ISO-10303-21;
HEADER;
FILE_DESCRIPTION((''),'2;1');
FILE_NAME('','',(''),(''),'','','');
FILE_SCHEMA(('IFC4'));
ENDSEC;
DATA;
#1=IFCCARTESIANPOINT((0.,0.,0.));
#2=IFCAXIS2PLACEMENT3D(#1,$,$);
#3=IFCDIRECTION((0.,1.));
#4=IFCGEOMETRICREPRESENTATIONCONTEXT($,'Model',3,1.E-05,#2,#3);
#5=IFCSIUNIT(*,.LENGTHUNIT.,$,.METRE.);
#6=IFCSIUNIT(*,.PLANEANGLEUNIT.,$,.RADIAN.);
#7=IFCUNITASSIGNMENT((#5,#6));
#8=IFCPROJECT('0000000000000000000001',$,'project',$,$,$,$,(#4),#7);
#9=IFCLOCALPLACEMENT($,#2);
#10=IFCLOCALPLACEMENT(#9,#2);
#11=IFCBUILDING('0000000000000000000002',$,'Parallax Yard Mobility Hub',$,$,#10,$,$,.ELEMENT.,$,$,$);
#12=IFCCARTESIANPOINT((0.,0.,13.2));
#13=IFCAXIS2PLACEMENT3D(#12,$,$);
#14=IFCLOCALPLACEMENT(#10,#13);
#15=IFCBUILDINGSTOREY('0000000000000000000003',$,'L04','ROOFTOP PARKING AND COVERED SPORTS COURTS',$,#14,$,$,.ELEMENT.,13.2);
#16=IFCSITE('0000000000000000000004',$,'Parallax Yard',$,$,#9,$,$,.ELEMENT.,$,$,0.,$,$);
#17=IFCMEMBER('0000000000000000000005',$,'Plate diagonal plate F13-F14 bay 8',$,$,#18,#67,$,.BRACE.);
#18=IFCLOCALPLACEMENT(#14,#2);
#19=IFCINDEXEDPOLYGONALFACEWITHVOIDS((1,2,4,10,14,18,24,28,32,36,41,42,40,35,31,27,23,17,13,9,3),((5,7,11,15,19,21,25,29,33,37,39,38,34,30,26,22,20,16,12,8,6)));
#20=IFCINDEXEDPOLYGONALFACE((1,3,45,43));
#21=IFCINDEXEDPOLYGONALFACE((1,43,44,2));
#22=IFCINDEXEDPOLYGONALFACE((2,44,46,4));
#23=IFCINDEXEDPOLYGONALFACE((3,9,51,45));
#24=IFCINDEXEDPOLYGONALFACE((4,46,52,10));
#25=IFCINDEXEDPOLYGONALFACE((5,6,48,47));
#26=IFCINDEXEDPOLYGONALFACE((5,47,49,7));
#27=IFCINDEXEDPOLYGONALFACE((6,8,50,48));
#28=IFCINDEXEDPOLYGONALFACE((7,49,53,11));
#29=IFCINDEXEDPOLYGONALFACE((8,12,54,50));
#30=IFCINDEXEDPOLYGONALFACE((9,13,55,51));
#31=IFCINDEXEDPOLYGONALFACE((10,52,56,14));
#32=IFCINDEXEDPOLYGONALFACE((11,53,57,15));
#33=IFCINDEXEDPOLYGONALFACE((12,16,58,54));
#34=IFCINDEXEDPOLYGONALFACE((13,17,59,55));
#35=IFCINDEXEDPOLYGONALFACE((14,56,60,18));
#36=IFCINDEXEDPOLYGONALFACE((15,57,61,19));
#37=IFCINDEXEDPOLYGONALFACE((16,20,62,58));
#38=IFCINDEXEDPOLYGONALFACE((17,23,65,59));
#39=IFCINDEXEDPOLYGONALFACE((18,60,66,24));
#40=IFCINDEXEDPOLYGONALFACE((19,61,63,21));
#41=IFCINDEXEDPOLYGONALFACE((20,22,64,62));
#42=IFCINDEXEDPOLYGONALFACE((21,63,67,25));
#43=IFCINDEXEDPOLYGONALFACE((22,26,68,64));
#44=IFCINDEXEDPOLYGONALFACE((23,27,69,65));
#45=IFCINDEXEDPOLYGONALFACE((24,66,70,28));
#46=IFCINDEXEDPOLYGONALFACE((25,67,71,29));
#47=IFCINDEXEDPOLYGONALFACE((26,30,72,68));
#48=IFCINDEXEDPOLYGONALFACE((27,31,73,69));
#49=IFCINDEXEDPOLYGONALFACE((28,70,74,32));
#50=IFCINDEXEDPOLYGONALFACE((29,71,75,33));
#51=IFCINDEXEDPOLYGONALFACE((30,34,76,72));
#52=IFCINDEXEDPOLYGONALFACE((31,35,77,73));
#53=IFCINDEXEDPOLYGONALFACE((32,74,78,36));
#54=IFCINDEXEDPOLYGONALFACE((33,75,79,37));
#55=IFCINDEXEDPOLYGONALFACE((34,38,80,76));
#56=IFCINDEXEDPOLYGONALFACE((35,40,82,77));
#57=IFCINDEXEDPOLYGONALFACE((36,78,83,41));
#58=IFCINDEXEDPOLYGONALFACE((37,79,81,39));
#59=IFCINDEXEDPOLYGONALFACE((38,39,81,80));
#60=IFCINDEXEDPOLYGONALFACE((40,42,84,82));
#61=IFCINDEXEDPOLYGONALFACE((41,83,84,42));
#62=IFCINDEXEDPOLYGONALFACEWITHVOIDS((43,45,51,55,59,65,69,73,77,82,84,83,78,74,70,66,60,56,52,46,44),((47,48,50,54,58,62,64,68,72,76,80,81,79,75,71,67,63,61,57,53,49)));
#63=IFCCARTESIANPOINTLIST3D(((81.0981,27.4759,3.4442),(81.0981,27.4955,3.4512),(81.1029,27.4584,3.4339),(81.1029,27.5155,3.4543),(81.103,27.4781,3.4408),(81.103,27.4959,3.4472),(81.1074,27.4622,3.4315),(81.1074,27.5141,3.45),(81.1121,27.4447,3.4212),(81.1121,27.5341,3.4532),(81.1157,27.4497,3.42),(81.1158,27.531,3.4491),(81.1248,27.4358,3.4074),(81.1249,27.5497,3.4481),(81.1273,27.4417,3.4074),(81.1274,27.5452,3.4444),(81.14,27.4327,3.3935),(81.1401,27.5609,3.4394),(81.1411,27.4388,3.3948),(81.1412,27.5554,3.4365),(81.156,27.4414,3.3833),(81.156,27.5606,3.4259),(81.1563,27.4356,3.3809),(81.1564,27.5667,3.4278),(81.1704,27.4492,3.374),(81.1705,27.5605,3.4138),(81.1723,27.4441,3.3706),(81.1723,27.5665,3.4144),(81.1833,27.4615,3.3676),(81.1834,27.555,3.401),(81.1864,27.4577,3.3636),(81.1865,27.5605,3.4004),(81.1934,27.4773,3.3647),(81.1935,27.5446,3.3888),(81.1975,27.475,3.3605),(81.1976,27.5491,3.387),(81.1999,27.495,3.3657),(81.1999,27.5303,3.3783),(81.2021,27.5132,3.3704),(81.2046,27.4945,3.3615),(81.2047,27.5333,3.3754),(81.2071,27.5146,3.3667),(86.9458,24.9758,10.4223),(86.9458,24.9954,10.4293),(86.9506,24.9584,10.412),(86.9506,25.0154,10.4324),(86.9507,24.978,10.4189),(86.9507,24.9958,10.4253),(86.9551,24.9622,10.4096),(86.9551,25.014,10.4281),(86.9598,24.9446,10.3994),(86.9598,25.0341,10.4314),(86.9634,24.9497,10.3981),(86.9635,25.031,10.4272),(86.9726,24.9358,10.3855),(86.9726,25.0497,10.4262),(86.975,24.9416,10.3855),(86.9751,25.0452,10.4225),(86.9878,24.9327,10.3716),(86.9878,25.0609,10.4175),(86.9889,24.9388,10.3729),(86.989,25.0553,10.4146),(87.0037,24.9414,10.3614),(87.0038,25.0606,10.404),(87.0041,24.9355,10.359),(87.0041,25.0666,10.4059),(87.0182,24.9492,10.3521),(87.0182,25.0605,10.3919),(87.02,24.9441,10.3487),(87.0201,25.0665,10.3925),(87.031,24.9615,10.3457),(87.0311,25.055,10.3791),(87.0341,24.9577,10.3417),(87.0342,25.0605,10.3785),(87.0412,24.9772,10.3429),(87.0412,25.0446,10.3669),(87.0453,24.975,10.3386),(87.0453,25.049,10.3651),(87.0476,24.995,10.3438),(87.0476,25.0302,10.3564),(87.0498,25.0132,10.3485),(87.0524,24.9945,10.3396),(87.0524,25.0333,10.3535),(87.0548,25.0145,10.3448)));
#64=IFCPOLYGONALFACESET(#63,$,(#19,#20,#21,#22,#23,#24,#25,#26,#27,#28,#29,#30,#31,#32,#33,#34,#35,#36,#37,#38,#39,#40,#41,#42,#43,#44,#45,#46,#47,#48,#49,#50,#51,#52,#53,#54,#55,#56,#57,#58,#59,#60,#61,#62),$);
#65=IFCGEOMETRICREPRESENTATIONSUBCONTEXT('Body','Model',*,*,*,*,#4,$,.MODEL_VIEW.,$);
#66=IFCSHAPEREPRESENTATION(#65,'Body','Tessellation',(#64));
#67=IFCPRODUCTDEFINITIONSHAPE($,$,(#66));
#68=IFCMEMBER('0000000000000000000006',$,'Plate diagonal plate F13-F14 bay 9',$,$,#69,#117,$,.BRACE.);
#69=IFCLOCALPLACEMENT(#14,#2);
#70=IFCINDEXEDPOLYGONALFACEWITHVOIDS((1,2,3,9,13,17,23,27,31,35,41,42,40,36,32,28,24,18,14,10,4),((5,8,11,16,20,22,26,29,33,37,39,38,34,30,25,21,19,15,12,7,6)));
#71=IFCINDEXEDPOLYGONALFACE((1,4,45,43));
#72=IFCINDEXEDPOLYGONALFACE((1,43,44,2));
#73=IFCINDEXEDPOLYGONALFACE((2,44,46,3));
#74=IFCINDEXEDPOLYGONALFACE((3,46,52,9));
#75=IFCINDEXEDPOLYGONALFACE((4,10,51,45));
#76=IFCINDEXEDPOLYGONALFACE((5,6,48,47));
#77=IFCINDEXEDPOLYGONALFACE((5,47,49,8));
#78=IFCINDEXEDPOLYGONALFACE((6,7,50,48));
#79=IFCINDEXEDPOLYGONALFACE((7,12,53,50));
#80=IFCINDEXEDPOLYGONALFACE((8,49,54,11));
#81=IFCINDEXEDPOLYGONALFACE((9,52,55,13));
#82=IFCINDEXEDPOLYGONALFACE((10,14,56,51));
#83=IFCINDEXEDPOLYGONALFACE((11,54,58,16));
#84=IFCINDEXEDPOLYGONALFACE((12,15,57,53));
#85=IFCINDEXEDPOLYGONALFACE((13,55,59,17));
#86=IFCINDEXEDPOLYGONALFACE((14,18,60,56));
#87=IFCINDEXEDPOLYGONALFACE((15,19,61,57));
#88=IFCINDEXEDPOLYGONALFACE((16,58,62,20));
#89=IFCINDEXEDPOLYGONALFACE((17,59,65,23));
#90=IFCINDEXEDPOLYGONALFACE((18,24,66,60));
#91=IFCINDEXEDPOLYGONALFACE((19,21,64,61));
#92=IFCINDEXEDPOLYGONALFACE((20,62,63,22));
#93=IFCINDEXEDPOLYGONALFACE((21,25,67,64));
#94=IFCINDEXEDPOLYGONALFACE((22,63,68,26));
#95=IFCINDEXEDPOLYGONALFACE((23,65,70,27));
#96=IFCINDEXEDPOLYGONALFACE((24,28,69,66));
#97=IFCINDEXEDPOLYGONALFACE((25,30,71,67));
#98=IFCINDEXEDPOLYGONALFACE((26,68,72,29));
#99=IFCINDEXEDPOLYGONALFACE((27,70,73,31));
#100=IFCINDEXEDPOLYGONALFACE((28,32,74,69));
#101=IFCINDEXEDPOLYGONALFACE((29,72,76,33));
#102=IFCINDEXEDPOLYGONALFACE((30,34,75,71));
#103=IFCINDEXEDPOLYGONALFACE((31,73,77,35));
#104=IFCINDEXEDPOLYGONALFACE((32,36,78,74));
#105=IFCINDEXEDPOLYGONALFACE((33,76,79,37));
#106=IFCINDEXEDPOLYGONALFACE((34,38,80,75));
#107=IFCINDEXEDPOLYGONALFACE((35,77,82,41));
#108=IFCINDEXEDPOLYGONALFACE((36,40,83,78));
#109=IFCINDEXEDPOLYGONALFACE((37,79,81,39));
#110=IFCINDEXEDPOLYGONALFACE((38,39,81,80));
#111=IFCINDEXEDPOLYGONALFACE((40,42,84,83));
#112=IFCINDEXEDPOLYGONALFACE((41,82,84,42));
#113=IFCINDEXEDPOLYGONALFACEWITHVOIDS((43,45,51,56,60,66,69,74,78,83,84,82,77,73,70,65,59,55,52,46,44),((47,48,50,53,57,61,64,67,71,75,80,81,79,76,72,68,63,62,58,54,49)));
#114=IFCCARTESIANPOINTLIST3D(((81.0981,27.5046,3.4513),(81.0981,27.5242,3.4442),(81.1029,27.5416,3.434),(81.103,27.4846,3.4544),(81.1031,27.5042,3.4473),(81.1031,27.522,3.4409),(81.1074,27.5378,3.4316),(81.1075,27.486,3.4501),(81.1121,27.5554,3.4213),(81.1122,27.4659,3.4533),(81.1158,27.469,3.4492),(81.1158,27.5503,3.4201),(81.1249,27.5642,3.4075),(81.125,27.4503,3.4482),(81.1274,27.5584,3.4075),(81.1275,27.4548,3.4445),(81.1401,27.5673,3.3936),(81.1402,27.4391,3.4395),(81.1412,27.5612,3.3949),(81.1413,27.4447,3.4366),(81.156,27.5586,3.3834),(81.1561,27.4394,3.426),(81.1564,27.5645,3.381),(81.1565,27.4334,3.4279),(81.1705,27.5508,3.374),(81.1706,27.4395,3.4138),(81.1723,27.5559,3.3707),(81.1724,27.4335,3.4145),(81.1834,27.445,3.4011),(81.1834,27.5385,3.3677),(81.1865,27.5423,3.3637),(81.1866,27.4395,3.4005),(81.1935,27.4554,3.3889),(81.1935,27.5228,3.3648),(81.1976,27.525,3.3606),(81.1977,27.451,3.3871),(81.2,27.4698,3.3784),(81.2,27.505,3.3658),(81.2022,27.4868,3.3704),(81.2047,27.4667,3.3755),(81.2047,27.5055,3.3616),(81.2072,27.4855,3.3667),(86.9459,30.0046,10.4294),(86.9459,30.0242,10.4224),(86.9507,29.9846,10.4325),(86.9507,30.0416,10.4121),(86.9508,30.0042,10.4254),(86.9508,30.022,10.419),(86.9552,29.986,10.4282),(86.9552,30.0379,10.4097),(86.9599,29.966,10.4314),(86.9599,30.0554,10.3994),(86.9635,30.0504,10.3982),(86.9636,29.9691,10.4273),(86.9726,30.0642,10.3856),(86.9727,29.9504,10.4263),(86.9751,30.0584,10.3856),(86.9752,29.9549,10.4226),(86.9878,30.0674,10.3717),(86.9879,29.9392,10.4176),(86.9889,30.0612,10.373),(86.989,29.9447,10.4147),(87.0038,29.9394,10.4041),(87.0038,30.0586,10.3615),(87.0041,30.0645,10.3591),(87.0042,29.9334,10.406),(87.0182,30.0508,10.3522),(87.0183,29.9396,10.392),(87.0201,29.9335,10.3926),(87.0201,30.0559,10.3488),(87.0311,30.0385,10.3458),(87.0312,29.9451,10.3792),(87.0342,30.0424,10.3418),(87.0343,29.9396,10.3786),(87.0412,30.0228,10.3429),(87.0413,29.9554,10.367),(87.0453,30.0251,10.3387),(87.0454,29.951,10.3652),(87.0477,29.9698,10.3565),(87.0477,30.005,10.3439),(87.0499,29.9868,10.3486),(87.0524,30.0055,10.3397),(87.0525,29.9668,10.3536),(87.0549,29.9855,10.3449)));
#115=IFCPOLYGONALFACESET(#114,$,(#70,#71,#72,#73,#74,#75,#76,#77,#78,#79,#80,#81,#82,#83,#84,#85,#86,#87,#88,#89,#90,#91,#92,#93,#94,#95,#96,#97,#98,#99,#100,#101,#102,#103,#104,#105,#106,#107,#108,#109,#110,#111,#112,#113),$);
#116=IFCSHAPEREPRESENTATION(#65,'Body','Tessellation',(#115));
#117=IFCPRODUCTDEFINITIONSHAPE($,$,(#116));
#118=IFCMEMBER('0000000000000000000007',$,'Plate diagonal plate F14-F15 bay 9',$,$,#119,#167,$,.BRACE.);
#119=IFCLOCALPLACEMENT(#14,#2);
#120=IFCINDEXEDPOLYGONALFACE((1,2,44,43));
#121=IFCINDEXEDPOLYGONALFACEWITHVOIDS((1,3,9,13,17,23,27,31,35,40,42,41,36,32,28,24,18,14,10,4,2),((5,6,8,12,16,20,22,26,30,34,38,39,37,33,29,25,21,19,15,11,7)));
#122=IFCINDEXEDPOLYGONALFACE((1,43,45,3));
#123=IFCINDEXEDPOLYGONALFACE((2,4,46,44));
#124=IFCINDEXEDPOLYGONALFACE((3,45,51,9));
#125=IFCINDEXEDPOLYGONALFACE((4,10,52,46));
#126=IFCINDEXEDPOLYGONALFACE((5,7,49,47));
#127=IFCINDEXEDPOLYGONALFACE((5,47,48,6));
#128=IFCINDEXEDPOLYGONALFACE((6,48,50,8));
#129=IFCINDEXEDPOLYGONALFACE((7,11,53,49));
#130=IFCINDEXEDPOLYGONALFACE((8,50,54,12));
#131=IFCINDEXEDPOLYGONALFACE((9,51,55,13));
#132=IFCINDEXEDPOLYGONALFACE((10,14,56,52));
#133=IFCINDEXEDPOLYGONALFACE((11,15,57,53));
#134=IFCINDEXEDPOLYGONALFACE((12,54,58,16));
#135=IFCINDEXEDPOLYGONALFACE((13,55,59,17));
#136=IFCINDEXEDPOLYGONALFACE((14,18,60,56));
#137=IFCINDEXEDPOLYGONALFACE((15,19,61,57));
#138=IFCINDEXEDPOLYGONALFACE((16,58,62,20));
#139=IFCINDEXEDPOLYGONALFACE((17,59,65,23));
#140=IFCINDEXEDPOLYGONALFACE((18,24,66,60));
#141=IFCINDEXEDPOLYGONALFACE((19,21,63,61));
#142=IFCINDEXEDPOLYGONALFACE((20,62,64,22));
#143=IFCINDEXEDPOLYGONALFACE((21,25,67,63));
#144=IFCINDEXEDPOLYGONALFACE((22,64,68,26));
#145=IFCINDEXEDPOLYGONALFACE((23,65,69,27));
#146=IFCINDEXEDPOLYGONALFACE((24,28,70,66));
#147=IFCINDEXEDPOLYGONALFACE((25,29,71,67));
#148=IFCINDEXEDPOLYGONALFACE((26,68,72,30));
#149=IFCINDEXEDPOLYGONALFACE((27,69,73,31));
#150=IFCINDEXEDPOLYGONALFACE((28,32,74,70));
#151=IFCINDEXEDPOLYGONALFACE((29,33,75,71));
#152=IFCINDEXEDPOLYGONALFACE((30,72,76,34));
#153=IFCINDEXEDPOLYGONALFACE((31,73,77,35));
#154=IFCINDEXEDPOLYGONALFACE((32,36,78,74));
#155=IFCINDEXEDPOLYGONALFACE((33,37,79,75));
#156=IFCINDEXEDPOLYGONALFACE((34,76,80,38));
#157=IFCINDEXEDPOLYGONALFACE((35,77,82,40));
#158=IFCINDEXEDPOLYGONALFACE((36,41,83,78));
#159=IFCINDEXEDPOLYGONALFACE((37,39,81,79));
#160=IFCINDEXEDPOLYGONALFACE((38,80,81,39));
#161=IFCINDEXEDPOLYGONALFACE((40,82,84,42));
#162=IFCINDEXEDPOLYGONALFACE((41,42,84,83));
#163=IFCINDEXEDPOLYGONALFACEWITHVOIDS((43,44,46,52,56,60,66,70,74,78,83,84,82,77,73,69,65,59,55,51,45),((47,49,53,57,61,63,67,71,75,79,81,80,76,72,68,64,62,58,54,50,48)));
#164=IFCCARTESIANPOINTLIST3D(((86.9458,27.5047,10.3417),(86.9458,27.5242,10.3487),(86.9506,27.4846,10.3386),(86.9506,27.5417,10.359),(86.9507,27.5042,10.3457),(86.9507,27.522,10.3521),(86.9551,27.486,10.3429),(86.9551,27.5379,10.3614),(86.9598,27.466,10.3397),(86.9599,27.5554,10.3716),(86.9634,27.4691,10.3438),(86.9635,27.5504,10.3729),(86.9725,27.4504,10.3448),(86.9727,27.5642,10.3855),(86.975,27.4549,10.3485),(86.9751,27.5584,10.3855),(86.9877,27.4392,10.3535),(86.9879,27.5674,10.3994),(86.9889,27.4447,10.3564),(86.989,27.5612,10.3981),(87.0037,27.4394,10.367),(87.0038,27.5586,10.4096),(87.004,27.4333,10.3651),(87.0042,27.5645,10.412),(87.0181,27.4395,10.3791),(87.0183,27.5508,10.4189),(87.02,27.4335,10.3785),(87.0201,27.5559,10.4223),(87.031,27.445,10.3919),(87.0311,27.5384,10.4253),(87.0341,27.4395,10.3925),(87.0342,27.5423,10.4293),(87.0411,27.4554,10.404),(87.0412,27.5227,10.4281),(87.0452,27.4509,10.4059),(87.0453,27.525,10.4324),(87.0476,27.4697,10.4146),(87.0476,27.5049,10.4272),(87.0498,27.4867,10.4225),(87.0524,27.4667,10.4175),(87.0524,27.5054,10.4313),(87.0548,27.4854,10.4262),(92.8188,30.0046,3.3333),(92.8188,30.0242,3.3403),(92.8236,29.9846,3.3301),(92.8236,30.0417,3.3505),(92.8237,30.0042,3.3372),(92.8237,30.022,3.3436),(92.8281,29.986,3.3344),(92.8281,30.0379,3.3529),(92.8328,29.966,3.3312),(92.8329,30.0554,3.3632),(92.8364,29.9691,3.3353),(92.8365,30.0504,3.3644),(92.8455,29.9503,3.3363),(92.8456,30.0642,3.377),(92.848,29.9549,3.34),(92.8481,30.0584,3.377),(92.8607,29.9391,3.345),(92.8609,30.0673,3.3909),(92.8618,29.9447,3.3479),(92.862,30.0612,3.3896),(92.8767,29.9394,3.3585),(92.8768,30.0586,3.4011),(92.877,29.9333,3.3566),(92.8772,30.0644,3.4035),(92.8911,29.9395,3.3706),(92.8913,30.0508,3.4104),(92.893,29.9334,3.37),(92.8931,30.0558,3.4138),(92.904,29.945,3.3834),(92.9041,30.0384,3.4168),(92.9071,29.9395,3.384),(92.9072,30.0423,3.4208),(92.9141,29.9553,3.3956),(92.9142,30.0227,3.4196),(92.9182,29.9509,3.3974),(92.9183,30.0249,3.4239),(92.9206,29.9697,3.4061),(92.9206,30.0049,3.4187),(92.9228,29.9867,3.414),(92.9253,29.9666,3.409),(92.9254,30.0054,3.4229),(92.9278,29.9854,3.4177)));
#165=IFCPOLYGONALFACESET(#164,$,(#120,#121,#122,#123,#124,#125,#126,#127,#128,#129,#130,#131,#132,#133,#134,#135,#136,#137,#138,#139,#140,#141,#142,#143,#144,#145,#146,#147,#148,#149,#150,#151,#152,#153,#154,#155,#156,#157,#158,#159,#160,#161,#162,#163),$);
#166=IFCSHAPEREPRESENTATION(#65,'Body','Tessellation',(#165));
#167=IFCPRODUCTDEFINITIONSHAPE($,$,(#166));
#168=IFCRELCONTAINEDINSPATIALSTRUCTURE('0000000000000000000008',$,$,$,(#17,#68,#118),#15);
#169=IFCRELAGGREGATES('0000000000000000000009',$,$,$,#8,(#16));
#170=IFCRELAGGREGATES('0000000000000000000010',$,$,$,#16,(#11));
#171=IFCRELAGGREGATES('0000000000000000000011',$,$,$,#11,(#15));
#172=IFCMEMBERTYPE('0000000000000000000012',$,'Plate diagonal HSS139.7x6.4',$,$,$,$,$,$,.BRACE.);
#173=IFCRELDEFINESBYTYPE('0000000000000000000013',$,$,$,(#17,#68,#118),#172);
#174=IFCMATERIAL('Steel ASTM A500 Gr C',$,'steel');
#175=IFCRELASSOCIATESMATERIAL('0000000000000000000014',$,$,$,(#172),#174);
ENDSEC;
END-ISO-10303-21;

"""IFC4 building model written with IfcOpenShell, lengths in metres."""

from ifc_helpers import new_model, si_unit, direction, frame, origin, origin_2d, place, context, subcontext, project, spatial, hollow_circle, extrude, material, material_profile, profile_set, type_object, element, save


model = new_model("IFC4")

# Units and contexts
model_context = context("Model", 3, precision=1e-05, world=origin(), true_north=direction((0.0, 1.0)))
body_context = subcontext(model_context, "Body", "Model", "MODEL_VIEW")
ifc_project = project(units=[si_unit("LENGTHUNIT", "METRE"), si_unit("PLANEANGLEUNIT", "RADIAN")], contexts=[model_context])

# Site, building, storey
site_placement = place(None, origin())
site = spatial("IfcSite", under=ifc_project, at=site_placement, Name="Parallax Yard", CompositionType="ELEMENT", RefElevation=0.0)
building_placement = place(site_placement, origin())
building = spatial("IfcBuilding", under=site, at=building_placement, Name="Parallax Yard Mobility Hub", CompositionType="ELEMENT")
storey_placement = place(building_placement, frame((0.0, 0.0, 13.2)))
storey = spatial("IfcBuildingStorey", under=building, at=storey_placement, Name="L04", Description="ROOFTOP PARKING AND COVERED SPORTS COURTS", CompositionType="ELEMENT", Elevation=13.2)

# Members
ifc_material_1 = material(Name="Steel ASTM A500 Gr C", Category="steel")
ifc_material_profile_1 = material_profile(ifc_material_1, hollow_circle(Radius=0.0698, WallThickness=0.0063, at=origin_2d()), Name="HSS139.7x6.4")
ifc_profile_set_1 = profile_set([ifc_material_profile_1], Name="Steel ASTM A500 Gr C")
member_type_1 = type_object("IfcMemberType", Name="Plate diagonal HSS139.7x6.4", PredefinedType="BRACE", material=ifc_profile_set_1)
for number, where, z_axis, x_axis, name in (
    (1, (87.0, 25.0, 10.3855), (-0.61937, 0.264794, -0.739097), (-0.393104, -0.919494, 0.0), "Plate diagonal plate F13-F14 bay 8"),
    (2, (81.1523, 27.5, 3.4075), (0.61937, 0.264794, 0.739097), (-0.393104, 0.919494, 0.0), "Plate diagonal plate F13-F14 bay 9"),
):
    element("IfcMember", number, at=place(storey_placement, frame(where, z_axis=z_axis, x_axis=x_axis)), inside=storey, type_object=member_type_1, Name=name, PredefinedType="BRACE", context=body_context, shape_type="SweptSolid", body=[
        extrude(hollow_circle(Radius=0.0698, WallThickness=0.0063, at=origin_2d()), origin(), (0.0, 0.0, 1.0), 9.4414),
    ])
member_1_placement = place(storey_placement, frame((87.0, 27.5, 10.3855), z_axis=(0.619547, 0.263725, -0.739331), x_axis=(-0.391665, 0.920108, 0.0)))
element("IfcMember", 3, at=member_1_placement, inside=storey, type_object=member_type_1, Name="Plate diagonal plate F14-F15 bay 9", PredefinedType="BRACE", context=body_context, shape_type="SweptSolid", body=[
    extrude(hollow_circle(Radius=0.0698, WallThickness=0.0063, at=origin_2d()), origin(), (0.0, 0.0, 1.0), 9.4795),
])

save(model, "model.ifc")
